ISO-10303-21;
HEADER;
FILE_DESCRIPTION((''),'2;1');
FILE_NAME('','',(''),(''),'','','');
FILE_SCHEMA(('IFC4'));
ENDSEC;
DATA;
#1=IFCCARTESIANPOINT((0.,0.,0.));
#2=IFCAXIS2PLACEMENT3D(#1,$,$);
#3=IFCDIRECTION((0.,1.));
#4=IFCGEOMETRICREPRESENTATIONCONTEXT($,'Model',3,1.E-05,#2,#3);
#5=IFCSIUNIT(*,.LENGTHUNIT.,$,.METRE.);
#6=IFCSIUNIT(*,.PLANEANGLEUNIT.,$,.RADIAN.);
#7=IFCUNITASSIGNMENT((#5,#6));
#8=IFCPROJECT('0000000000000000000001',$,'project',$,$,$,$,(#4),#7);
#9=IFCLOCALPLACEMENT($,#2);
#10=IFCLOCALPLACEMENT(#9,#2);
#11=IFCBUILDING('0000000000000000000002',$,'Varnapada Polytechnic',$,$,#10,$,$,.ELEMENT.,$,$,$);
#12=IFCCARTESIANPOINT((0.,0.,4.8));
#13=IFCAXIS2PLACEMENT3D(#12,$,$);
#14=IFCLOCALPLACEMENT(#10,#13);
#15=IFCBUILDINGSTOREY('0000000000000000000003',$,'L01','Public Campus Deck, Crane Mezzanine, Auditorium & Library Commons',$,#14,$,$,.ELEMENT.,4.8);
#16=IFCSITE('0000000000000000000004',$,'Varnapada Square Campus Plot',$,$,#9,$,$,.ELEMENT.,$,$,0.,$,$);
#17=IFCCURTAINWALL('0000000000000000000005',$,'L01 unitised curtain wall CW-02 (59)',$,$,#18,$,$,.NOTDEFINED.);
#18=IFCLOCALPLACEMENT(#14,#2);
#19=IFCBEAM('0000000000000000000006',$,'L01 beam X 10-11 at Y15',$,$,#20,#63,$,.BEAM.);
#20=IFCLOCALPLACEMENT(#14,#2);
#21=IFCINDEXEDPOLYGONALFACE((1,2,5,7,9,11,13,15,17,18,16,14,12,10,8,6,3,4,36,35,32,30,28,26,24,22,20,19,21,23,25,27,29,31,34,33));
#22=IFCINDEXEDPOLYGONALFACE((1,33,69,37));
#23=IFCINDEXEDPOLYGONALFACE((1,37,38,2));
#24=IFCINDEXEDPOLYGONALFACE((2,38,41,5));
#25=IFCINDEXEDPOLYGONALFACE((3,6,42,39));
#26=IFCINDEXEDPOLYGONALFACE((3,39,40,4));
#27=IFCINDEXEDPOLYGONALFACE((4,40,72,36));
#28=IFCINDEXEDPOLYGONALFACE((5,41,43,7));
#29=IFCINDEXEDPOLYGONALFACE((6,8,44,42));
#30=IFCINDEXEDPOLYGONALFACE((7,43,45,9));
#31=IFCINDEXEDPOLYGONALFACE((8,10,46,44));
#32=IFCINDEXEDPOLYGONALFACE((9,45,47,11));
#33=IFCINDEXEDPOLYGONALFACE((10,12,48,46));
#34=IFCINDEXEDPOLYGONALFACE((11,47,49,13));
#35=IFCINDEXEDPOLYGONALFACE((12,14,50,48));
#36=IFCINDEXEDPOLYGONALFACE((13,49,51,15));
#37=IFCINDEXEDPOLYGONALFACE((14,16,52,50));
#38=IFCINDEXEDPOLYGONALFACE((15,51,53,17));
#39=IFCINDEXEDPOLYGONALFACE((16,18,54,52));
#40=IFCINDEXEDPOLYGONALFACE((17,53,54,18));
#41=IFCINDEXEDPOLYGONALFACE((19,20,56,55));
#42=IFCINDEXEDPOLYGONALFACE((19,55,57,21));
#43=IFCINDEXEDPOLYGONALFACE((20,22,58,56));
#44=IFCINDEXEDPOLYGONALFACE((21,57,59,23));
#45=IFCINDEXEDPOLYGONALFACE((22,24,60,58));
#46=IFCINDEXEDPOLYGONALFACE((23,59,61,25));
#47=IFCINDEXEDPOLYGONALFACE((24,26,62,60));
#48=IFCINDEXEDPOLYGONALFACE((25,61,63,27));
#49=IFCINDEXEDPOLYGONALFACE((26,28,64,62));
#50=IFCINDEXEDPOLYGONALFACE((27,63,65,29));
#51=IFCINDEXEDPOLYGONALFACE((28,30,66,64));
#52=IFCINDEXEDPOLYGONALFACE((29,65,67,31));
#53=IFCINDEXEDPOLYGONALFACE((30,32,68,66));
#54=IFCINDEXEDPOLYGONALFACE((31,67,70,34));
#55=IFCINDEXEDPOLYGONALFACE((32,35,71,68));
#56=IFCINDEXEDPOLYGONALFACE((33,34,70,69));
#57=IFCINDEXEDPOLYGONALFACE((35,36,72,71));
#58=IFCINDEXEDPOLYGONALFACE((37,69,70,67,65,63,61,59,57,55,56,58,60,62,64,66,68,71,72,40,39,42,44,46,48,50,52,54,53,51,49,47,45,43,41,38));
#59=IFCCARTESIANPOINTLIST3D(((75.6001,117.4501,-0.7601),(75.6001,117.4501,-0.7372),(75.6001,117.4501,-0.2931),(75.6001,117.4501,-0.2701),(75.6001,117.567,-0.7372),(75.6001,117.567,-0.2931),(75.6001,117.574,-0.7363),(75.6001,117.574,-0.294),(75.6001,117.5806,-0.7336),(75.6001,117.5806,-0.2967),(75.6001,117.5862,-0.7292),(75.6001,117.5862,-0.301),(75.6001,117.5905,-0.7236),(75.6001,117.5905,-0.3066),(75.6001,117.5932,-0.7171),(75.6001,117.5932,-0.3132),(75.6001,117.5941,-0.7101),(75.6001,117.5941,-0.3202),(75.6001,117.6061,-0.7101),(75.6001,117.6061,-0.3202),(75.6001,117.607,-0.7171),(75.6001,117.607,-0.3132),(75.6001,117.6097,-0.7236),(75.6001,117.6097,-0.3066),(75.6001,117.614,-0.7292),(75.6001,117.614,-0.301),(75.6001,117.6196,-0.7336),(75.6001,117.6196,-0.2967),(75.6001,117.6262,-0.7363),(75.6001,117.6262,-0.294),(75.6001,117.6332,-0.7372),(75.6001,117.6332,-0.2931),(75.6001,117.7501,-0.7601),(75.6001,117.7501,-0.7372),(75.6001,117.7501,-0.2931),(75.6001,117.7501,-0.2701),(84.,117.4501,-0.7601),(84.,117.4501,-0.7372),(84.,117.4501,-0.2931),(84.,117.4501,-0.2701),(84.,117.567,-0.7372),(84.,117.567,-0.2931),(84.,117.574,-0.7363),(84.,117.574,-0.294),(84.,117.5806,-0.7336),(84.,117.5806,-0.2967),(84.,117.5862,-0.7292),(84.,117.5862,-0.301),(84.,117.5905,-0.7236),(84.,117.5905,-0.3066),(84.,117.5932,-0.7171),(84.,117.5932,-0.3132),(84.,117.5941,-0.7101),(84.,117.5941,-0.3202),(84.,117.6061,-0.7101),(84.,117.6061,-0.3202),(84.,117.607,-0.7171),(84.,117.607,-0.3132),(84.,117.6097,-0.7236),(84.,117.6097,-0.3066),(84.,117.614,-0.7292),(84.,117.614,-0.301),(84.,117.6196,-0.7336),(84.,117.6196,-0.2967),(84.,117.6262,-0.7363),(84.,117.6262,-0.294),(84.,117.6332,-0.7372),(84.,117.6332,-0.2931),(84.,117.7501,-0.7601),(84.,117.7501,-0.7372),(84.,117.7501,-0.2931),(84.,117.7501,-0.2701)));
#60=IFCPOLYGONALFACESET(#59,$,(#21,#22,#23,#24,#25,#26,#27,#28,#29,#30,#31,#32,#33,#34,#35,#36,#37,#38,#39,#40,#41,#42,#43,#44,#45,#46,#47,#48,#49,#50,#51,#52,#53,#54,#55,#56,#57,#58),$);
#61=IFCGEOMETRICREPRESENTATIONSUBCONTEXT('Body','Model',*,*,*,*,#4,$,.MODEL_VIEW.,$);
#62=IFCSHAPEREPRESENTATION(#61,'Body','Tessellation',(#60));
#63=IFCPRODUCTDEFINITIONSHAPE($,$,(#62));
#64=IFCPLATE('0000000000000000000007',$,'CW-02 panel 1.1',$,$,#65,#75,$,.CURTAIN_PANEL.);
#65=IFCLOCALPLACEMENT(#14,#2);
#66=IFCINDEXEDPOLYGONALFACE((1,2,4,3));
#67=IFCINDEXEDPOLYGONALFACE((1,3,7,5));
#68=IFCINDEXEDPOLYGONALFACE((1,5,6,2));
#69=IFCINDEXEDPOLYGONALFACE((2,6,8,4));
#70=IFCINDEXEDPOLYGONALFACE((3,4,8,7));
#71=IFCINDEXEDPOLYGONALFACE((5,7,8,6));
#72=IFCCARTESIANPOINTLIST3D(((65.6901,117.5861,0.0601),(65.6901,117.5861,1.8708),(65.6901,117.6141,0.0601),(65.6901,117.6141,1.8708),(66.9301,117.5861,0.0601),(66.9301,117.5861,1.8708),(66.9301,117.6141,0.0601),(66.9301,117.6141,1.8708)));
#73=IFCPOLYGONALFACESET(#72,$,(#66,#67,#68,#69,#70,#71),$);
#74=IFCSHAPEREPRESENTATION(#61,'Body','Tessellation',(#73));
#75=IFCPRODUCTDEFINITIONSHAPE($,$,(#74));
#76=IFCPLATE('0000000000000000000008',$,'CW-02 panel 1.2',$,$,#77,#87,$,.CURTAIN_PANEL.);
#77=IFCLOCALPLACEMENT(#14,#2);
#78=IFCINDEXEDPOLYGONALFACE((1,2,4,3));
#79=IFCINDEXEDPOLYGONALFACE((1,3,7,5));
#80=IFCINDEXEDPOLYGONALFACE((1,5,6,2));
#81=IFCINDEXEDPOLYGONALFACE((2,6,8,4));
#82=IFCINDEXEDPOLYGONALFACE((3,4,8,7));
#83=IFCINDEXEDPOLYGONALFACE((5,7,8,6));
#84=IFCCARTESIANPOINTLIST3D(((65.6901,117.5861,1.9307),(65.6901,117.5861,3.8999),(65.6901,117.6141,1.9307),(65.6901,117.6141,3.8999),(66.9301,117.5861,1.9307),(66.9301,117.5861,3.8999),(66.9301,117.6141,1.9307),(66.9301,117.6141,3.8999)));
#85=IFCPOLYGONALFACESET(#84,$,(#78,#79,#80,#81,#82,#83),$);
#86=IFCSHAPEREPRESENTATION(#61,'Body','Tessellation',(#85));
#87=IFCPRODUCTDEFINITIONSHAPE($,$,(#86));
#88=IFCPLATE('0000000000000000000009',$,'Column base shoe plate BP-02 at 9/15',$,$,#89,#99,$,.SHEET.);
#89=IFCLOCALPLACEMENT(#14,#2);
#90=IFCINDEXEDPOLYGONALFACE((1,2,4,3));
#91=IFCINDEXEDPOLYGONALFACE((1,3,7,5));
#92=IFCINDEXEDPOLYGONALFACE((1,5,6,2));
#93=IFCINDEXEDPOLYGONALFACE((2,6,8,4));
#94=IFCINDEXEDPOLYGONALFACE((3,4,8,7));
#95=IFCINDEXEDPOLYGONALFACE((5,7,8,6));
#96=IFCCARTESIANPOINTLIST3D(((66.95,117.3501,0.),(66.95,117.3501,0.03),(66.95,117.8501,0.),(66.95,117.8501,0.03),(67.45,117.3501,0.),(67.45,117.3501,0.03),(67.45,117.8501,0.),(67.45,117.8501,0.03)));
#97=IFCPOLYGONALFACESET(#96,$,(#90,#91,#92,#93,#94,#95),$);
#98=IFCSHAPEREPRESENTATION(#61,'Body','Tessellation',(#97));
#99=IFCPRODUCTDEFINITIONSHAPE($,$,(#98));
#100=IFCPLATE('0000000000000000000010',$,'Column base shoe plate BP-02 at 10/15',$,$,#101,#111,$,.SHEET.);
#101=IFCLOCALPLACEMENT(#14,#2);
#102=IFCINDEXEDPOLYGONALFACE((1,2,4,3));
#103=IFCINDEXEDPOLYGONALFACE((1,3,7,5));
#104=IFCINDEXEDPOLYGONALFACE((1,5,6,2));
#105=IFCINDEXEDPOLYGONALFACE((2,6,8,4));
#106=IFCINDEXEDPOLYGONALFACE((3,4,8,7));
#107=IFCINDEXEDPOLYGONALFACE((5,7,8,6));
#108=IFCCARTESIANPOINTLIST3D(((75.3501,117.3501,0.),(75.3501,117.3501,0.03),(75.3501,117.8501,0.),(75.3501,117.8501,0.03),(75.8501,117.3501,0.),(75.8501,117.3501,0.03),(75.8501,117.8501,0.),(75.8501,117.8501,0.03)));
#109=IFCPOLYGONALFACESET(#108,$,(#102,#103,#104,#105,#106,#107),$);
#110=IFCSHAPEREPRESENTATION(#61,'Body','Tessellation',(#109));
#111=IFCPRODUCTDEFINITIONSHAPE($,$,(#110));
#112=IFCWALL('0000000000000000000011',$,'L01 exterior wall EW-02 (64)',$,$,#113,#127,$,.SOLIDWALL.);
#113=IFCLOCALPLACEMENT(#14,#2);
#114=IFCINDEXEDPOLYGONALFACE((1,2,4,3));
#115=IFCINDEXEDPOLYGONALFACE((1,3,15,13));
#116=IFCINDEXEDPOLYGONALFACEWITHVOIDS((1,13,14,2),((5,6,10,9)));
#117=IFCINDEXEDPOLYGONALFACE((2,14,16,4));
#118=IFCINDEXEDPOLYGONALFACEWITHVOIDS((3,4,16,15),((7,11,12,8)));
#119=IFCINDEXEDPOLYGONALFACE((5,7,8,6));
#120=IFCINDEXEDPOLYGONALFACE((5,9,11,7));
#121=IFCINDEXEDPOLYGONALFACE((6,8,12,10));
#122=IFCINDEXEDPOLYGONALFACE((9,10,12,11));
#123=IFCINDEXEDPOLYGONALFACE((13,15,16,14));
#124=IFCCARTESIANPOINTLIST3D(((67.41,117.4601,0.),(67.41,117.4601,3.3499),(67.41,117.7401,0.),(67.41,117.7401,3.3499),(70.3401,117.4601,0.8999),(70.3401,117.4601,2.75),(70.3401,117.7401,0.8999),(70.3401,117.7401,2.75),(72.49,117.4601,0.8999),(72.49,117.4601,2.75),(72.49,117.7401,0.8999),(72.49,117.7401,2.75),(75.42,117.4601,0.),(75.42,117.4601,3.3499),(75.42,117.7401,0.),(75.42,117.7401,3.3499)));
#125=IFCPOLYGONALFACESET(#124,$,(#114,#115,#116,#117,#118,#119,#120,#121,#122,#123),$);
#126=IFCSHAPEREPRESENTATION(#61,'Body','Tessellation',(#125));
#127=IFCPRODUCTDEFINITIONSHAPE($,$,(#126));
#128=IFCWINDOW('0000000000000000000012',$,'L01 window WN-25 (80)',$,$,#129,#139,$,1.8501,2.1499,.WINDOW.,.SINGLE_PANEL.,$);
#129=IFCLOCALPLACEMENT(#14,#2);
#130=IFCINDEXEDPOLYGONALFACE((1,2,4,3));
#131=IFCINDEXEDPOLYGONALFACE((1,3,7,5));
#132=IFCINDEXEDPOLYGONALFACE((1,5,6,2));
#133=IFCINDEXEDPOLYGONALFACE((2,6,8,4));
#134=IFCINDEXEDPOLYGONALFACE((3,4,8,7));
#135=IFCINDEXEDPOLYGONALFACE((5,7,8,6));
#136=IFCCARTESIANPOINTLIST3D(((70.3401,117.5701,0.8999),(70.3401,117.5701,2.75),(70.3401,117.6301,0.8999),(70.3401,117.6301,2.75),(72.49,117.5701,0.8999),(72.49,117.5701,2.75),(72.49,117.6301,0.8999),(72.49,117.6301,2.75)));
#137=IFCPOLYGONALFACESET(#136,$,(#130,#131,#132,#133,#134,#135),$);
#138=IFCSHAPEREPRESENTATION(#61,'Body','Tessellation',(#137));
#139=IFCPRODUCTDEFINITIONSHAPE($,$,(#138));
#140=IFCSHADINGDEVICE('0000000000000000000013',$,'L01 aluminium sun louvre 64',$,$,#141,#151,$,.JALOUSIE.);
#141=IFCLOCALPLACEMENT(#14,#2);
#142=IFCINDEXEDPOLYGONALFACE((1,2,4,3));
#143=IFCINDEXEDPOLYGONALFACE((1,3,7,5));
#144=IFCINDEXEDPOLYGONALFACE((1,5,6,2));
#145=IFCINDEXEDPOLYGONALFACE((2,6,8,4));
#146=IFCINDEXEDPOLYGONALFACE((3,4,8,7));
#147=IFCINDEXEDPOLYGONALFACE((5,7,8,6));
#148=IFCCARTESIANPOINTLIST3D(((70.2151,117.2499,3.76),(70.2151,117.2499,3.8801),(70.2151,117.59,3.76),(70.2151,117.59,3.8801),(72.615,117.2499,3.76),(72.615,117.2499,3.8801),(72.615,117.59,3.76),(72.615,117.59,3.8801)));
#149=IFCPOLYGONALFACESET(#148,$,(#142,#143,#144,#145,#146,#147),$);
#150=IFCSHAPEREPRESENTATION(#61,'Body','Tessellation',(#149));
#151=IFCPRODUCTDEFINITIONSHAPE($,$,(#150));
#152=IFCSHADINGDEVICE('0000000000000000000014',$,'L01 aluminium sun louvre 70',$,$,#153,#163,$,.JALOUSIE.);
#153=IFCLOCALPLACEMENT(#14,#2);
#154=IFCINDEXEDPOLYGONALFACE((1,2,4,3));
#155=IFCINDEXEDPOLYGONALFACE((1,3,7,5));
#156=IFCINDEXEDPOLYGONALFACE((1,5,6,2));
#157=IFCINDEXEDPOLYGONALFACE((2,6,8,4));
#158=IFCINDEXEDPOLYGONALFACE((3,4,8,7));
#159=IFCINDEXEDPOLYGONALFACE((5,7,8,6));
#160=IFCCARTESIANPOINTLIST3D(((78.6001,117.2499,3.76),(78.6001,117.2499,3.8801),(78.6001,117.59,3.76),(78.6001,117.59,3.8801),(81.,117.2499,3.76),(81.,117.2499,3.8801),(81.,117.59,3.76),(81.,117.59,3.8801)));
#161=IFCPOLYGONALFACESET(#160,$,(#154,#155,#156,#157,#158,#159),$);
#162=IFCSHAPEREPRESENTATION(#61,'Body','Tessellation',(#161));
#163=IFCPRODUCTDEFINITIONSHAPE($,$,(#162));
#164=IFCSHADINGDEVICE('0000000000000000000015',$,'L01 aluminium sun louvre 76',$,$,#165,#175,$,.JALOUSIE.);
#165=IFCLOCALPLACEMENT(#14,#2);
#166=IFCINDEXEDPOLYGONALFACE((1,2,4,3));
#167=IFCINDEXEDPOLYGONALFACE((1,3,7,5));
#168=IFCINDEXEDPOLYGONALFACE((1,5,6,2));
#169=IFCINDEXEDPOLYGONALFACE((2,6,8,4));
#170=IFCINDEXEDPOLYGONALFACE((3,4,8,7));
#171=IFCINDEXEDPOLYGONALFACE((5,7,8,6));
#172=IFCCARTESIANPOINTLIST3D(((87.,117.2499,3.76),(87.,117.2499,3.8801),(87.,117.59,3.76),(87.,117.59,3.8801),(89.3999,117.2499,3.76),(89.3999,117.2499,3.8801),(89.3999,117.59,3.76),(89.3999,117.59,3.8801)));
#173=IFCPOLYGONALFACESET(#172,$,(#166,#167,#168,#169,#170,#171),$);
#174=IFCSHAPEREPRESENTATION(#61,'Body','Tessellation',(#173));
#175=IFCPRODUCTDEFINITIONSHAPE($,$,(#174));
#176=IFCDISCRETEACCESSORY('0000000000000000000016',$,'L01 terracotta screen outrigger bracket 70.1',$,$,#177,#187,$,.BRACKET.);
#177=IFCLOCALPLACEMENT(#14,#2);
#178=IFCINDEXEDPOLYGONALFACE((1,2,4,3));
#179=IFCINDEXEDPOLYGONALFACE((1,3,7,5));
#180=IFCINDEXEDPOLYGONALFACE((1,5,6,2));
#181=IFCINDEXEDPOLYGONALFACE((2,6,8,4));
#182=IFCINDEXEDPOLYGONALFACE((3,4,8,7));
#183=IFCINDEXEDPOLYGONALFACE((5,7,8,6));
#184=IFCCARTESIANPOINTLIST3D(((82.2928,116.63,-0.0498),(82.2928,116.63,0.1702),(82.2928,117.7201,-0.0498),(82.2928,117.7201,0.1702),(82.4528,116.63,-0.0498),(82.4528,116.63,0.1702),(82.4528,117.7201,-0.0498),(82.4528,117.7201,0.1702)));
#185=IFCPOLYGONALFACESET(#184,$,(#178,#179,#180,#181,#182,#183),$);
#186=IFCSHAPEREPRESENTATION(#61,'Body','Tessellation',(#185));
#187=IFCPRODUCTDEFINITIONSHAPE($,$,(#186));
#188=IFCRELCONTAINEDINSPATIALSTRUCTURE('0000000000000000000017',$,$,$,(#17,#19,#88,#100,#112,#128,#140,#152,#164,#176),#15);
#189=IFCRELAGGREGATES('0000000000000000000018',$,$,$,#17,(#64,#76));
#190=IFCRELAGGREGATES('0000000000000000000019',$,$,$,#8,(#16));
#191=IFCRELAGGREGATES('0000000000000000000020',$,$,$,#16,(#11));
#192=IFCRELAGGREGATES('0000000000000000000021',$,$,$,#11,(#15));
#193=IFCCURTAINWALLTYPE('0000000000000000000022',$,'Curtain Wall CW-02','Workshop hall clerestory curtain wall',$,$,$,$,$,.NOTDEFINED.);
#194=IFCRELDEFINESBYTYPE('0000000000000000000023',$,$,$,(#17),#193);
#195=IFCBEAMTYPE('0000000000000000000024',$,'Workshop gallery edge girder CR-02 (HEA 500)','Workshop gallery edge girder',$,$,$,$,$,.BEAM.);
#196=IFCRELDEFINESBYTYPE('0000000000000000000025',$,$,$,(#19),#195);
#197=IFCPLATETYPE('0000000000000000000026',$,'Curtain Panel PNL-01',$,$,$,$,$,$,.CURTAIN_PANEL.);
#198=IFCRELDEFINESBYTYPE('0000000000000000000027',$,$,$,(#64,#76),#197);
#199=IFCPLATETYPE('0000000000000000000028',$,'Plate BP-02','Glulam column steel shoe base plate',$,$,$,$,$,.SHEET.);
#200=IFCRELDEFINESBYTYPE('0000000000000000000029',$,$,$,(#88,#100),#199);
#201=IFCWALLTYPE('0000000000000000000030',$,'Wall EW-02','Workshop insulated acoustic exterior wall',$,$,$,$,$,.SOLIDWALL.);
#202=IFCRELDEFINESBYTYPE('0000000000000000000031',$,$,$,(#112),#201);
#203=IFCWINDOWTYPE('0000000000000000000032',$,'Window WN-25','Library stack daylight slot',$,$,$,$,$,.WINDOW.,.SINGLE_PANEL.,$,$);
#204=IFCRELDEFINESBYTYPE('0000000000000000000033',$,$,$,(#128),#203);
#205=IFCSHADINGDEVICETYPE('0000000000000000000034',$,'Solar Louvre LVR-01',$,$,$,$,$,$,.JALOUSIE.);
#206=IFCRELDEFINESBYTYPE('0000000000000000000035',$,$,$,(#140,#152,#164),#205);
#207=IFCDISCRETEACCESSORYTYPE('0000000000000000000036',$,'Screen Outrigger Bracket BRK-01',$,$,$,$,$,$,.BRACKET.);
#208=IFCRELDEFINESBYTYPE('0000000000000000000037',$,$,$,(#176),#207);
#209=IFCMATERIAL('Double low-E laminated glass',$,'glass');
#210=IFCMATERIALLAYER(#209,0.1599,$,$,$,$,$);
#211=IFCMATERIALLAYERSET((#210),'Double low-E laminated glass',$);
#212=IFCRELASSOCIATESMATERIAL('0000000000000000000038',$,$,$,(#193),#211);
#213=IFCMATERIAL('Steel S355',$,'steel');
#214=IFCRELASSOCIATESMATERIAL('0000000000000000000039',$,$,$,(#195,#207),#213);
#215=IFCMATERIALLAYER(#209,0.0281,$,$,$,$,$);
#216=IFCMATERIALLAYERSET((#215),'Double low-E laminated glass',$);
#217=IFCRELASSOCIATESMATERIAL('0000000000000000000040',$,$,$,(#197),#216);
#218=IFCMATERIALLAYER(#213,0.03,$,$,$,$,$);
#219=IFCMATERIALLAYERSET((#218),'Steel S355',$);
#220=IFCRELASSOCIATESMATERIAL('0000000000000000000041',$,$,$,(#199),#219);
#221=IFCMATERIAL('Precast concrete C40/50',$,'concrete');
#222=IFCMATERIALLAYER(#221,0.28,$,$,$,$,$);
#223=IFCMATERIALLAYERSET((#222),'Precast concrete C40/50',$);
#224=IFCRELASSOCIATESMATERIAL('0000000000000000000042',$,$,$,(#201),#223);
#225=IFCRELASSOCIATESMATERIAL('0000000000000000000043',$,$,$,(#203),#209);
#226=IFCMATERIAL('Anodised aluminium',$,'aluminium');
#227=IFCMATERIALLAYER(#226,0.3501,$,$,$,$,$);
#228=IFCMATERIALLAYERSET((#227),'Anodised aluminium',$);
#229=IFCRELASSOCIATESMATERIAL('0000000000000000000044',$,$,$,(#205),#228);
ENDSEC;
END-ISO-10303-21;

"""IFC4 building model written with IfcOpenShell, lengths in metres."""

from ifc_helpers import new_model, si_unit, direction, frame, frame_2d, origin, origin_2d, place, context, subcontext, project, spatial, rectangle, i_section, extrude, material, layer, layer_set, material_profile, profile_set, type_object, element, fill, aggregate, save


model = new_model("IFC4")

# Units and contexts
model_context = context("Model", 3, precision=1e-05, world=origin(), true_north=direction((0.0, 1.0)))
body_context = subcontext(model_context, "Body", "Model", "MODEL_VIEW")
ifc_project = project(units=[si_unit("LENGTHUNIT", "METRE"), si_unit("PLANEANGLEUNIT", "RADIAN")], contexts=[model_context])

# Site, building, storey
site_placement = place(None, origin())
site = spatial("IfcSite", under=ifc_project, at=site_placement, Name="Varnapada Square Campus Plot", CompositionType="ELEMENT", RefElevation=0.0)
building_placement = place(site_placement, origin())
building = spatial("IfcBuilding", under=site, at=building_placement, Name="Varnapada Polytechnic", CompositionType="ELEMENT")
storey_placement = place(building_placement, frame((0.0, 0.0, 4.8)))
storey = spatial("IfcBuildingStorey", under=building, at=storey_placement, Name="L01", Description="Public Campus Deck, Crane Mezzanine, Auditorium & Library Commons", CompositionType="ELEMENT", Elevation=4.8)

# Shared definitions
ifc_material_1 = material(Name="Steel S355", Category="steel")

# Curtain wall
ifc_material_2 = material(Name="Double low-E laminated glass", Category="glass")
ifc_layer_1 = layer(ifc_material_2, 0.1599)
ifc_layer_set_1 = layer_set([ifc_layer_1], Name="Double low-E laminated glass")
curtain_wall_type = type_object("IfcCurtainWallType", Name="Curtain Wall CW-02", Description="Workshop hall clerestory curtain wall", PredefinedType="NOTDEFINED", material=ifc_layer_set_1)
curtain_wall_1_placement = place(storey_placement, origin())
curtain_wall_1 = element("IfcCurtainWall", 1, at=curtain_wall_1_placement, inside=storey, type_object=curtain_wall_type, Name="L01 unitised curtain wall CW-02 (59)", PredefinedType="NOTDEFINED")
ifc_material_3 = material(Name="Anodised aluminium", Category="aluminium")

# Beam
ifc_material_profile_1 = material_profile(ifc_material_1, i_section(OverallWidth=0.3, OverallDepth=0.49, WebThickness=0.012, FlangeThickness=0.0229, FilletRadius=0.0271, at=origin_2d()), Name="HEA 500")
ifc_profile_set_1 = profile_set([ifc_material_profile_1], Name="Steel S355")
beam_type_1 = type_object("IfcBeamType", Name="Workshop gallery edge girder CR-02 (HEA 500)", Description="Workshop gallery edge girder", PredefinedType="BEAM", material=ifc_profile_set_1)
beam_1_placement = place(storey_placement, frame((75.6001, 117.6001, -0.5151), z_axis=(1.0, 0.0, 0.0), x_axis=(0.0, 1.0, 0.0)))
element("IfcBeam", 2, at=beam_1_placement, inside=storey, type_object=beam_type_1, Name="L01 beam X 10-11 at Y15", PredefinedType="BEAM", context=body_context, shape_type="SweptSolid", body=[
    extrude(i_section(OverallWidth=0.3, OverallDepth=0.49, WebThickness=0.012, FlangeThickness=0.0229, FilletRadius=0.0271, at=origin_2d()), origin(), (0.0, 0.0, 1.0), 8.3999),
])

# Plates
ifc_layer_2 = layer(ifc_material_2, 0.0281)
ifc_layer_set_2 = layer_set([ifc_layer_2], Name="Double low-E laminated glass")
plate_type_1 = type_object("IfcPlateType", Name="Curtain Panel PNL-01", PredefinedType="CURTAIN_PANEL", material=ifc_layer_set_2)
plate_1_placement = place(storey_placement, frame((66.3101, 117.6001, 0.0601), z_axis=(0.0, 0.0, 1.0), x_axis=(-1.0, 0.0, 0.0)))
plate_1 = element("IfcPlate", 3, at=plate_1_placement, type_object=plate_type_1, Name="CW-02 panel 1.1", PredefinedType="CURTAIN_PANEL", context=body_context, shape_type="SweptSolid", body=[
    extrude(rectangle(XDim=1.24, YDim=0.0281, at=origin_2d()), origin(), (0.0, 0.0, 1.0), 1.8108),
])
plate_2_placement = place(storey_placement, frame((66.3101, 117.6001, 1.9307), z_axis=(0.0, 0.0, 1.0), x_axis=(-1.0, 0.0, 0.0)))
plate_2 = element("IfcPlate", 4, at=plate_2_placement, type_object=plate_type_1, Name="CW-02 panel 1.2", PredefinedType="CURTAIN_PANEL", context=body_context, shape_type="SweptSolid", body=[
    extrude(rectangle(XDim=1.24, YDim=0.0281, at=origin_2d()), origin(), (0.0, 0.0, 1.0), 1.9692),
])
aggregate(curtain_wall_1, [plate_1, plate_2])

# Plates
ifc_layer_3 = layer(ifc_material_1, 0.03)
ifc_layer_set_3 = layer_set([ifc_layer_3], Name="Steel S355")
plate_type_2 = type_object("IfcPlateType", Name="Plate BP-02", Description="Glulam column steel shoe base plate", PredefinedType="SHEET", material=ifc_layer_set_3)
for number, where, z_axis, x_axis, name in (
    (5, (67.2, 117.6001, 0.0), (0.0, 0.0, 1.0), (1.0, 0.0, 0.0), "Column base shoe plate BP-02 at 9/15"),
    (6, (75.6001, 117.6001, 0.0), (0.0, 0.0, 1.0), (1.0, 0.0, 0.0), "Column base shoe plate BP-02 at 10/15"),
):
    element("IfcPlate", number, at=place(storey_placement, frame(where, z_axis=z_axis, x_axis=x_axis)), inside=storey, type_object=plate_type_2, Name=name, PredefinedType="SHEET", context=body_context, shape_type="SweptSolid", body=[
        extrude(rectangle(XDim=0.5, YDim=0.5, at=origin_2d()), origin(), (0.0, 0.0, 1.0), 0.03),
    ])

# Wall, opening, window
ifc_material_4 = material(Name="Precast concrete C40/50", Category="concrete")
ifc_layer_4 = layer(ifc_material_4, 0.28)
ifc_layer_set_4 = layer_set([ifc_layer_4], Name="Precast concrete C40/50")
wall_type = type_object("IfcWallType", Name="Wall EW-02", Description="Workshop insulated acoustic exterior wall", PredefinedType="SOLIDWALL", material=ifc_layer_set_4)
wall_placement = place(storey_placement, frame((75.4199, 117.6001, 0.0), z_axis=(0.0, 0.0, 1.0), x_axis=(-1.0, 0.0, 0.0)))
wall = element("IfcWall", 7, at=wall_placement, inside=storey, type_object=wall_type, Name="L01 exterior wall EW-02 (64)", PredefinedType="SOLIDWALL", context=body_context, shape_type="SweptSolid", body=[
    extrude(rectangle(XDim=8.01, YDim=0.28, at=frame_2d((4.0049, 0.0))), origin(), (0.0, 0.0, 1.0), 3.3499),
])
opening_placement = place(wall_placement, frame((2.9299, 0.0, 0.8999)))
opening = element("IfcOpeningElement", 8, at=opening_placement, cuts=wall, PredefinedType="OPENING", context=body_context, shape_type="SweptSolid", body=[
    extrude(rectangle(XDim=2.1499, YDim=1.8501, at=frame_2d((1.075, 0.925))), frame((0.0, 0.1499, 0.0), z_axis=(0.0, -1.0, 0.0), x_axis=(1.0, 0.0, 0.0)), (0.0, 0.0, 1.0), 0.3),
])
window_type = type_object("IfcWindowType", Name="Window WN-25", Description="Library stack daylight slot", PartitioningType="SINGLE_PANEL", PredefinedType="WINDOW", material=ifc_material_2)
window_placement = place(opening_placement, origin())
window = element("IfcWindow", 9, at=window_placement, inside=storey, type_object=window_type, Name="L01 window WN-25 (80)", OverallHeight=1.8501, OverallWidth=2.1499, PartitioningType="SINGLE_PANEL", PredefinedType="WINDOW", context=body_context, shape_type="SweptSolid", body=[
    extrude(rectangle(XDim=2.1499, YDim=1.8501, at=frame_2d((1.075, 0.925))), frame((0.0, 0.03, 0.0), z_axis=(0.0, -1.0, 0.0), x_axis=(1.0, 0.0, 0.0)), (0.0, 0.0, 1.0), 0.0601),
])
fill(opening, window)

# Shading devices
ifc_layer_5 = layer(ifc_material_3, 0.3501)
ifc_layer_set_5 = layer_set([ifc_layer_5], Name="Anodised aluminium")
shading_device_type = type_object("IfcShadingDeviceType", Name="Solar Louvre LVR-01", PredefinedType="JALOUSIE", material=ifc_layer_set_5)
for number, where, z_axis, x_axis, name in (
    (10, (71.415, 117.4199, 3.76), (0.0, 0.0, 1.0), (-1.0, 0.0, 0.0), "L01 aluminium sun louvre 64"),
    (11, (79.8, 117.4199, 3.76), (0.0, 0.0, 1.0), (-1.0, 0.0, 0.0), "L01 aluminium sun louvre 70"),
    (12, (88.2, 117.4199, 3.76), (0.0, 0.0, 1.0), (-1.0, 0.0, 0.0), "L01 aluminium sun louvre 76"),
):
    element("IfcShadingDevice", number, at=place(storey_placement, frame(where, z_axis=z_axis, x_axis=x_axis)), inside=storey, type_object=shading_device_type, Name=name, PredefinedType="JALOUSIE", context=body_context, shape_type="SweptSolid", body=[
        extrude(rectangle(XDim=2.3999, YDim=0.3401, at=origin_2d()), origin(), (0.0, 0.0, 1.0), 0.1201),
    ])

# Discrete accessory
discrete_accessory_type = type_object("IfcDiscreteAccessoryType", Name="Screen Outrigger Bracket BRK-01", PredefinedType="BRACKET", material=ifc_material_1)
for number, where, z_axis, x_axis, name in (
    (13, (82.3728, 117.175, -0.0498), (0.0, 0.0, 1.0), (-1.0, 0.0, 0.0), "L01 terracotta screen outrigger bracket 70.1"),
):
    element("IfcDiscreteAccessory", number, at=place(storey_placement, frame(where, z_axis=z_axis, x_axis=x_axis)), inside=storey, type_object=discrete_accessory_type, Name=name, PredefinedType="BRACKET", context=body_context, shape_type="SweptSolid", body=[
        extrude(rectangle(XDim=0.1599, YDim=1.0901, at=origin_2d()), origin(), (0.0, 0.0, 1.0), 0.22),
    ])

save(model, "model.ifc")
